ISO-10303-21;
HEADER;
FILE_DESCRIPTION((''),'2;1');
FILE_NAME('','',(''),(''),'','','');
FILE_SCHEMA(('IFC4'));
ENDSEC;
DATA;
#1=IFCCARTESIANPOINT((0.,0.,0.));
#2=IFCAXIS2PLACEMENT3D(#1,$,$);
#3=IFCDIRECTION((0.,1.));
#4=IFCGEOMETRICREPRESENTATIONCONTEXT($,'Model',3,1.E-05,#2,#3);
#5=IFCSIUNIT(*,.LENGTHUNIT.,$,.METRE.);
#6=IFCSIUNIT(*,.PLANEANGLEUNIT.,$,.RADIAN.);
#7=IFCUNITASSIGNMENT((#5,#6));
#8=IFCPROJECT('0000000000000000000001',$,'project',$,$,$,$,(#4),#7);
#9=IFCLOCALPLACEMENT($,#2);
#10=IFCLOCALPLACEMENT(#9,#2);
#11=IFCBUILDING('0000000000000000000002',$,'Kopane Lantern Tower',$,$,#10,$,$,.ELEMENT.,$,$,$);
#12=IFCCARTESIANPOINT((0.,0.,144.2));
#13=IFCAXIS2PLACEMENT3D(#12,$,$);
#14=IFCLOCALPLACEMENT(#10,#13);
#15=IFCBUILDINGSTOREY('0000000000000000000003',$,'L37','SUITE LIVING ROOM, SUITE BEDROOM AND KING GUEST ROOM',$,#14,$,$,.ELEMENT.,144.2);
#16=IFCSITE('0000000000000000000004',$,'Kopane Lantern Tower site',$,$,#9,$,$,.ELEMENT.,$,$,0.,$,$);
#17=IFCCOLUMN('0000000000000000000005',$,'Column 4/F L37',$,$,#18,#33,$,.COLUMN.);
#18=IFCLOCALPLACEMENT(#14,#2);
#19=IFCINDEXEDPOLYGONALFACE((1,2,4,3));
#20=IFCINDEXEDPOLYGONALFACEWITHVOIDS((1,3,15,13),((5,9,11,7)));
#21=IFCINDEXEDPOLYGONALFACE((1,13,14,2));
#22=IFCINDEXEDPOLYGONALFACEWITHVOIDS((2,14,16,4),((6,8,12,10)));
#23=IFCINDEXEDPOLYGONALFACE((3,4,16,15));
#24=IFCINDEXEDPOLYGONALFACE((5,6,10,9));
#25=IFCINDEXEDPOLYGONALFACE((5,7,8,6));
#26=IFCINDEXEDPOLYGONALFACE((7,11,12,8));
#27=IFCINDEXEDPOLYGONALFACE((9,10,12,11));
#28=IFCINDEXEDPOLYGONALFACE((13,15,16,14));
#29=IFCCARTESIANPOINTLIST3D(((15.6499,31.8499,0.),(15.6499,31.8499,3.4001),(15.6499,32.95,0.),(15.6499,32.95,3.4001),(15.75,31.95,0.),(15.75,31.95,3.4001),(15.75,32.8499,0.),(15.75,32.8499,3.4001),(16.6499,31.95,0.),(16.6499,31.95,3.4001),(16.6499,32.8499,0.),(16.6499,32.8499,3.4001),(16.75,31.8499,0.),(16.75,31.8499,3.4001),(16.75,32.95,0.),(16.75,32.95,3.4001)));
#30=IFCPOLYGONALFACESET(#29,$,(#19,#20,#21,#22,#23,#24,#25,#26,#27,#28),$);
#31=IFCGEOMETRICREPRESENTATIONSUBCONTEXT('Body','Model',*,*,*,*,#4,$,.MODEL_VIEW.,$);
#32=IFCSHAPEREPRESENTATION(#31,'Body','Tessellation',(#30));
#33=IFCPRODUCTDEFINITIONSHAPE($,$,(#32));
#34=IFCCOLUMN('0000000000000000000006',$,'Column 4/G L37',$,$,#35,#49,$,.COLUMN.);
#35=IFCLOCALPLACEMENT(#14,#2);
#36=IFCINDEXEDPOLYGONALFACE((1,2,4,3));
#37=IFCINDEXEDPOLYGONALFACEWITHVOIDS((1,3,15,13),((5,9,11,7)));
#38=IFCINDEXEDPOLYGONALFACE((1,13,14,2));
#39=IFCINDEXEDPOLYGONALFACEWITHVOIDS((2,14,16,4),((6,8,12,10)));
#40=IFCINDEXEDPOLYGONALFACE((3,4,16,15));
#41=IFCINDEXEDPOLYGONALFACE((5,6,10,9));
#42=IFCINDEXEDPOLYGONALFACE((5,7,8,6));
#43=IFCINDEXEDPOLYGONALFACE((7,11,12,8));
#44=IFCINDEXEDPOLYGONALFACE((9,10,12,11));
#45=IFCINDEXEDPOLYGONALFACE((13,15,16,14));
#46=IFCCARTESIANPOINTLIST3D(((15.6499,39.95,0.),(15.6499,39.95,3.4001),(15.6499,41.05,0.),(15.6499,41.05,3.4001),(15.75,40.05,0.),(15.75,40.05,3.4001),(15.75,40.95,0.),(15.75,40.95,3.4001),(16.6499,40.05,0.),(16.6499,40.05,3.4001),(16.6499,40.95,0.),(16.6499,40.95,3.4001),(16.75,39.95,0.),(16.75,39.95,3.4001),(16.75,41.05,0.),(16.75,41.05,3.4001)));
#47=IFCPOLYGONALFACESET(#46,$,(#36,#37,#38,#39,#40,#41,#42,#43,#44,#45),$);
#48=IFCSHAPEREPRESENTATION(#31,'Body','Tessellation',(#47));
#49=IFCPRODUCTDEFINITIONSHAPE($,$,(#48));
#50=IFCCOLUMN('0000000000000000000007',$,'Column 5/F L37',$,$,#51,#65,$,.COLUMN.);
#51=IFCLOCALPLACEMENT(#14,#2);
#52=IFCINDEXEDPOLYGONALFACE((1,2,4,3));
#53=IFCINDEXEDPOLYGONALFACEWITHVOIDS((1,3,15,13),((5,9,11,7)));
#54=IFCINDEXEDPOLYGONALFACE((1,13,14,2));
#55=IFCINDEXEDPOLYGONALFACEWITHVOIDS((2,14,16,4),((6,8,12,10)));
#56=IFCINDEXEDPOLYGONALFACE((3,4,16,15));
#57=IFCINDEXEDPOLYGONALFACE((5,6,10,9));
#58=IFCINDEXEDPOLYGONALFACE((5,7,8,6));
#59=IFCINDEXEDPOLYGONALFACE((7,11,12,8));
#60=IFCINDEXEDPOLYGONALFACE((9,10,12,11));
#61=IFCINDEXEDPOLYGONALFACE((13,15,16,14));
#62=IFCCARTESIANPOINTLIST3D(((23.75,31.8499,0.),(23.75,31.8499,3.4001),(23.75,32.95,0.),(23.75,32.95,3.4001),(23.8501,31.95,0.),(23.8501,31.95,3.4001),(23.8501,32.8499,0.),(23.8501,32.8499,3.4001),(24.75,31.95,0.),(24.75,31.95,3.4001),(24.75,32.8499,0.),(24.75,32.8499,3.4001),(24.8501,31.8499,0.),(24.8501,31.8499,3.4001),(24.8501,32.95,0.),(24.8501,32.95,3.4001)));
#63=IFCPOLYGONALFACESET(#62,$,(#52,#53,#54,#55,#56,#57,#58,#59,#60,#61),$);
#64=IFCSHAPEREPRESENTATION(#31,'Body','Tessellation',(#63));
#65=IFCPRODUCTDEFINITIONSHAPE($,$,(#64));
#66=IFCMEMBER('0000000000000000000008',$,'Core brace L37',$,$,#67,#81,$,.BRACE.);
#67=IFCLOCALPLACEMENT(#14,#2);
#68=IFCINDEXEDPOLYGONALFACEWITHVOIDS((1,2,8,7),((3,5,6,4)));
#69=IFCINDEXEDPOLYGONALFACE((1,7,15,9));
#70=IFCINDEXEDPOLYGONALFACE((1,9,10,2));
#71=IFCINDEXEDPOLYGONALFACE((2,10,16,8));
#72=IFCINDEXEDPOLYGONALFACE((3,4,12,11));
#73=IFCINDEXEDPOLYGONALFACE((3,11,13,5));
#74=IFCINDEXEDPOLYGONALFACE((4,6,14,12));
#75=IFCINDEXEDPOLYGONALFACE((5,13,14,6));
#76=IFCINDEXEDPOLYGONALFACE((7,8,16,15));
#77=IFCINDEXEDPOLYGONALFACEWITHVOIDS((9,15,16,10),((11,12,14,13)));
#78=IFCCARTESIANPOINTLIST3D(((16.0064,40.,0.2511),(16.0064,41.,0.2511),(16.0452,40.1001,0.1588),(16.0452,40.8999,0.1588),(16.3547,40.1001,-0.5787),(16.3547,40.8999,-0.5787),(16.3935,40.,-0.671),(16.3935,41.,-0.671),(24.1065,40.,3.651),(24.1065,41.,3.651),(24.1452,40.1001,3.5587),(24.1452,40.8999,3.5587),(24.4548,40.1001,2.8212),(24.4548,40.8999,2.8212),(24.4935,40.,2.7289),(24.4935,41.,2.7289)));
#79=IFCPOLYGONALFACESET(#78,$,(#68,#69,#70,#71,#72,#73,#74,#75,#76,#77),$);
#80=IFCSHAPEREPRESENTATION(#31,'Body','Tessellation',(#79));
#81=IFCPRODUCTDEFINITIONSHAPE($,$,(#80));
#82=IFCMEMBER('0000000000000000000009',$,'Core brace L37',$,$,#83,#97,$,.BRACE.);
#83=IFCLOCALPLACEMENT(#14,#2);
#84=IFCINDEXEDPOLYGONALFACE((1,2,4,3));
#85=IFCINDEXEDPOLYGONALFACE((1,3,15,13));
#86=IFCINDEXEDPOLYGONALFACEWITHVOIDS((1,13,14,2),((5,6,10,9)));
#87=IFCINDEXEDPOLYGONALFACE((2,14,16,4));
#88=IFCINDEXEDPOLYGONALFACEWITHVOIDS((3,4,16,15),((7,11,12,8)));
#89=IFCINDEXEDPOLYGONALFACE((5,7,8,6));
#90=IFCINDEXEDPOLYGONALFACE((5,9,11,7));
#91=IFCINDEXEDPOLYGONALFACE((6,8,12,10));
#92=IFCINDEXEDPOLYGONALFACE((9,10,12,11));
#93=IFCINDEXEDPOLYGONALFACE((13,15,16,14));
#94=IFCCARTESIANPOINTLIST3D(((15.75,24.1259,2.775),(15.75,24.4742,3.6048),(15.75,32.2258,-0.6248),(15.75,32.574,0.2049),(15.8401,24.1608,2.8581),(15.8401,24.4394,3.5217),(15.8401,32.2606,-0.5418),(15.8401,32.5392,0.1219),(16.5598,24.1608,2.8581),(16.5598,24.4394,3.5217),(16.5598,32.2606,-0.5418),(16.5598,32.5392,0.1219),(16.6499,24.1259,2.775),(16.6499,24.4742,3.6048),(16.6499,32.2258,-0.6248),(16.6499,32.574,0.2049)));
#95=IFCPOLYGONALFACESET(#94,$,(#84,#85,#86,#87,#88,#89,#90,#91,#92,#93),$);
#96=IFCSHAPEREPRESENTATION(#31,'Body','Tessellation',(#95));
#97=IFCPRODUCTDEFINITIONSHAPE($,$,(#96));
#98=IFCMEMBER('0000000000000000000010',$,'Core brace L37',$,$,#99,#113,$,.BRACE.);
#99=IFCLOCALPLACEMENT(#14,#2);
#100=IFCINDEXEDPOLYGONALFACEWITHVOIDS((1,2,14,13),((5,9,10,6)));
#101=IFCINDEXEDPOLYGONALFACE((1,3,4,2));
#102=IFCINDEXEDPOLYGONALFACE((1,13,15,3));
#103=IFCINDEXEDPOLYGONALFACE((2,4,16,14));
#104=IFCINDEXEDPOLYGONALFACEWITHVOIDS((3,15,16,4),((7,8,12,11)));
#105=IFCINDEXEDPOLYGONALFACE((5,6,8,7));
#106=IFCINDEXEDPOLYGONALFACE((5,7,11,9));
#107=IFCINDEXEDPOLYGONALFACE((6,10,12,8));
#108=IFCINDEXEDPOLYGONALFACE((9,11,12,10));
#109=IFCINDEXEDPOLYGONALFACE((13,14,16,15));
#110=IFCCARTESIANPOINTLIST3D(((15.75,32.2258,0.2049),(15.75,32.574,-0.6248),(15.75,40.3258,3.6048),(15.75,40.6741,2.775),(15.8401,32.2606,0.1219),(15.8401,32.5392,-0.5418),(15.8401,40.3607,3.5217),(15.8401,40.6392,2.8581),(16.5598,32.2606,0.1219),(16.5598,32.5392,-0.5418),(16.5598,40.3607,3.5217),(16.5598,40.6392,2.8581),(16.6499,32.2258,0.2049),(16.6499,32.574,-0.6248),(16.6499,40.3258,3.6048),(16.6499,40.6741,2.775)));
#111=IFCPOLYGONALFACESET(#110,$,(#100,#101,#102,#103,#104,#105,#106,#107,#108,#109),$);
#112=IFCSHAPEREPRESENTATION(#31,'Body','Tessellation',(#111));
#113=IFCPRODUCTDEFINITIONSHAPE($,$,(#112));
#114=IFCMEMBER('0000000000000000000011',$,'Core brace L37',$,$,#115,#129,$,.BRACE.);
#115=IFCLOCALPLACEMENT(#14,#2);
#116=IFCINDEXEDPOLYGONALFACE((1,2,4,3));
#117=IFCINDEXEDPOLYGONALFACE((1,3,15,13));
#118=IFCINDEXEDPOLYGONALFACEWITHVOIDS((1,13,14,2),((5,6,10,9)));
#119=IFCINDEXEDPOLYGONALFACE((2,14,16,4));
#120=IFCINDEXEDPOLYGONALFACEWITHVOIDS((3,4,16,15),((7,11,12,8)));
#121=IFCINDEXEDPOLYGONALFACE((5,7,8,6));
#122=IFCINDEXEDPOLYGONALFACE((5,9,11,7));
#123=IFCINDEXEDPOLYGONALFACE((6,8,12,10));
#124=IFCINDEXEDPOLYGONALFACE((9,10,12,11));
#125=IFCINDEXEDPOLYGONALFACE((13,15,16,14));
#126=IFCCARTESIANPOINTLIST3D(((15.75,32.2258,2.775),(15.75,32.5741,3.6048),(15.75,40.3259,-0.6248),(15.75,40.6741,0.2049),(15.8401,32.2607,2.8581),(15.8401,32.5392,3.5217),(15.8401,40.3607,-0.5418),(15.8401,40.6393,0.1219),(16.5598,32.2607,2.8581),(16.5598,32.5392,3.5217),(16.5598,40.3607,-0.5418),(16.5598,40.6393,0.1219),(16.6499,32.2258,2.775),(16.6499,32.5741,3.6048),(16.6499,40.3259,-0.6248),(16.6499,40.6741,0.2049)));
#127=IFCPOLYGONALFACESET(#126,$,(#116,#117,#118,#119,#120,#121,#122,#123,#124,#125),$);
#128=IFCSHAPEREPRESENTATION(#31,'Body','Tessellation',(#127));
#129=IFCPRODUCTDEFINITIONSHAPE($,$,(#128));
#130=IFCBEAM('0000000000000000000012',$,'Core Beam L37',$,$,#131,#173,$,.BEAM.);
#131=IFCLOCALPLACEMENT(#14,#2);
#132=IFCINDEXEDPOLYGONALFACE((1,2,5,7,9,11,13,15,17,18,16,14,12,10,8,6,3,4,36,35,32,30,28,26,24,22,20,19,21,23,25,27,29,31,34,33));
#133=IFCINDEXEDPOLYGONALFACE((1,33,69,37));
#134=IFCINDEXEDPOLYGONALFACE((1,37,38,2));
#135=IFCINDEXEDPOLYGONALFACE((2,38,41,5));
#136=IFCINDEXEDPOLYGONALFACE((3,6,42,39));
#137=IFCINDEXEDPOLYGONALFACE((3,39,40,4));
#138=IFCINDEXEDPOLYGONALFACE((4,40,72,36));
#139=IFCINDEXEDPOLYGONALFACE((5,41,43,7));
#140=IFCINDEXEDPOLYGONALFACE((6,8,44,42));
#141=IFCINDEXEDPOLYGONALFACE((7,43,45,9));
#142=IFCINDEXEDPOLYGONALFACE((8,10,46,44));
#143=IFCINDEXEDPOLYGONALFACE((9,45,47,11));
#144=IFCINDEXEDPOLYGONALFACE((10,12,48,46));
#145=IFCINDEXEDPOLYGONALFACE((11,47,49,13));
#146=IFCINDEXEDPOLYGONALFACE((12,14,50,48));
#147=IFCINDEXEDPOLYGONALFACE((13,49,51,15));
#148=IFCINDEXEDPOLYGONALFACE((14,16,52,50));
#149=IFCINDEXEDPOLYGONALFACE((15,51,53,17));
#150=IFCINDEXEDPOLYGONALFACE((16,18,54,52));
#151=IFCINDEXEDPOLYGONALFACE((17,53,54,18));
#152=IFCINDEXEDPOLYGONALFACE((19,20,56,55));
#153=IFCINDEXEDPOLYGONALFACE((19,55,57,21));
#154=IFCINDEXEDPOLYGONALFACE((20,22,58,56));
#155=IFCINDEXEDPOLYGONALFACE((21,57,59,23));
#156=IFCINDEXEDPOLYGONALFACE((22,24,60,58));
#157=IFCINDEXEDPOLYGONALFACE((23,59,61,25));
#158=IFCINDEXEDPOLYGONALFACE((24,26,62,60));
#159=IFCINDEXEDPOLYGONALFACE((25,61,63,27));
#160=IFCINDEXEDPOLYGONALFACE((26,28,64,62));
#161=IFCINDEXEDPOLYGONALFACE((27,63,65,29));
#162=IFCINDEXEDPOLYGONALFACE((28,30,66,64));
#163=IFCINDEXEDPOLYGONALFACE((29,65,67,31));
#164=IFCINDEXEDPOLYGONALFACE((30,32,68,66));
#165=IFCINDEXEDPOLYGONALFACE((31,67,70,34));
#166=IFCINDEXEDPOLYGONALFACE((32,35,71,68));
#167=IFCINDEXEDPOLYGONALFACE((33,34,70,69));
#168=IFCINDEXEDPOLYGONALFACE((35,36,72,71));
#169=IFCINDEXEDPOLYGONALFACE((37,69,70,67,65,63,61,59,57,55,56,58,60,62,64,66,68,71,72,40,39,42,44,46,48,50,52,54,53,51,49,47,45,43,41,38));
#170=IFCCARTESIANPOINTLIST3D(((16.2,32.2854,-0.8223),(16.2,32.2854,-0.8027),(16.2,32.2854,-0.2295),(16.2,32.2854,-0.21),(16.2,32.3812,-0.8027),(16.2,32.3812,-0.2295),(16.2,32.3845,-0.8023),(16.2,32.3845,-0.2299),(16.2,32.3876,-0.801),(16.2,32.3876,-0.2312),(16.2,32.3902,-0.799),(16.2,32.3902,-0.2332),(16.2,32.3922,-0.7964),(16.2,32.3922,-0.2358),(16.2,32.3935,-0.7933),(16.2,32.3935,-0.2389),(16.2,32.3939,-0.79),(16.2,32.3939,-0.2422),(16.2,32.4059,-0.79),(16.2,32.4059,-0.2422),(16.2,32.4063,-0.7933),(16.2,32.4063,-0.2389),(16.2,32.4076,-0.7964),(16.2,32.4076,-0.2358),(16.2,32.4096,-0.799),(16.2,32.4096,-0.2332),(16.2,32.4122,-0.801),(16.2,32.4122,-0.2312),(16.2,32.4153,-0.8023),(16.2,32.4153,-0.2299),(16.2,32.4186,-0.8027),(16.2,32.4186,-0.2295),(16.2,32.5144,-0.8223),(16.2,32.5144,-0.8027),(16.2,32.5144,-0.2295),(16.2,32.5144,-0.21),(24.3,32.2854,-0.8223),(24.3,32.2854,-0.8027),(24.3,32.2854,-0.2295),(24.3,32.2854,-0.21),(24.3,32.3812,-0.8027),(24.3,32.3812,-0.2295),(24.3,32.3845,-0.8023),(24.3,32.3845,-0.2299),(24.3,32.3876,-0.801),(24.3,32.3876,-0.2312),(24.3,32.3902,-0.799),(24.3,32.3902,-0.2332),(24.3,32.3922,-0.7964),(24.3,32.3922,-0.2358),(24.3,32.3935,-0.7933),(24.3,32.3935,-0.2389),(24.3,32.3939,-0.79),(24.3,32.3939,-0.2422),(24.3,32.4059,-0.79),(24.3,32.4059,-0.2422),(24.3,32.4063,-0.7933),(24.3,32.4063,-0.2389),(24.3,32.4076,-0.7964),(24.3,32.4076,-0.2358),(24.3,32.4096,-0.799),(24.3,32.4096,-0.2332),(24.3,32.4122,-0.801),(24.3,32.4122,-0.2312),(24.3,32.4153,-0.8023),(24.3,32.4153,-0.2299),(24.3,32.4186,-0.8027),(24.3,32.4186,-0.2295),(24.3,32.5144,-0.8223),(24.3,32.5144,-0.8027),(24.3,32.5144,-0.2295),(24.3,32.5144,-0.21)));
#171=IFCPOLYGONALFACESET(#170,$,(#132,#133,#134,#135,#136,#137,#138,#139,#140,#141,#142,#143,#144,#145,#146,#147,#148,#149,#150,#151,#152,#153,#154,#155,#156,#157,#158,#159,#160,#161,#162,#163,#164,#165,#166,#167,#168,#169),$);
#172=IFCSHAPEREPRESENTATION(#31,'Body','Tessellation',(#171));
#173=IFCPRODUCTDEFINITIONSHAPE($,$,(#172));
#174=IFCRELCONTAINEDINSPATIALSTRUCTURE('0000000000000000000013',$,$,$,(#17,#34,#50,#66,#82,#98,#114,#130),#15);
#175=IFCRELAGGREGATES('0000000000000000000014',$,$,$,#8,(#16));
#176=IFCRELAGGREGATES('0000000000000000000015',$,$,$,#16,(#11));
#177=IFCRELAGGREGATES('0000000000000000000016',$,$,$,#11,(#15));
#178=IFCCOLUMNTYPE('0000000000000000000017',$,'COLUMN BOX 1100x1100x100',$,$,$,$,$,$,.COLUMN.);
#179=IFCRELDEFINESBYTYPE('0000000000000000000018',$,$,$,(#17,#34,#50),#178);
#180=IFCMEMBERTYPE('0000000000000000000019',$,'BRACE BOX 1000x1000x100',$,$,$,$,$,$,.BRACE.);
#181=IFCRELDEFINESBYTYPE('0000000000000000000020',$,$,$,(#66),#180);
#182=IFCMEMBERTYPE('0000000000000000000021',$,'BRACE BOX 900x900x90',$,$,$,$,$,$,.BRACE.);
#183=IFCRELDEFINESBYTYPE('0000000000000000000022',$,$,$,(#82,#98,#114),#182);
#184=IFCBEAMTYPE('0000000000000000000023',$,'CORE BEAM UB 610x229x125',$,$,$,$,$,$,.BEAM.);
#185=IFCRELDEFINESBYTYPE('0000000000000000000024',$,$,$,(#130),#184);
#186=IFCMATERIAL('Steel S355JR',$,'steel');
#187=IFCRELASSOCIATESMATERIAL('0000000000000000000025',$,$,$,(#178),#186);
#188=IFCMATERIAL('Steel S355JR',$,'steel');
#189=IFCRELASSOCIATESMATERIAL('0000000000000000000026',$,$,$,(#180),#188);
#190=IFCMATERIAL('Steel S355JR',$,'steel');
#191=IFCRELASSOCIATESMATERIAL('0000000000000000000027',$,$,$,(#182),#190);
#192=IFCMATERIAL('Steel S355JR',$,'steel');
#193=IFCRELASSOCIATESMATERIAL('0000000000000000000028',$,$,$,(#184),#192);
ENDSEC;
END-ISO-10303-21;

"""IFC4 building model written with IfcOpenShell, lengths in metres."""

from ifc_helpers import new_model, si_unit, direction, frame, origin, origin_2d, place, context, subcontext, project, spatial, hollow_rectangle, i_section, extrude, material, material_profile, profile_set, type_object, element, save


model = new_model("IFC4")

# Units and contexts
model_context = context("Model", 3, precision=1e-05, world=origin(), true_north=direction((0.0, 1.0)))
body_context = subcontext(model_context, "Body", "Model", "MODEL_VIEW")
ifc_project = project(units=[si_unit("LENGTHUNIT", "METRE"), si_unit("PLANEANGLEUNIT", "RADIAN")], contexts=[model_context])

# Site, building, storey
site_placement = place(None, origin())
site = spatial("IfcSite", under=ifc_project, at=site_placement, Name="Kopane Lantern Tower site", CompositionType="ELEMENT", RefElevation=0.0)
building_placement = place(site_placement, origin())
building = spatial("IfcBuilding", under=site, at=building_placement, Name="Kopane Lantern Tower", CompositionType="ELEMENT")
storey_placement = place(building_placement, frame((0.0, 0.0, 144.2)))
storey = spatial("IfcBuildingStorey", under=building, at=storey_placement, Name="L37", Description="SUITE LIVING ROOM, SUITE BEDROOM AND KING GUEST ROOM", CompositionType="ELEMENT", Elevation=144.2)

# Columns
ifc_material_1 = material(Name="Steel S355JR", Category="steel")
ifc_material_profile_1 = material_profile(ifc_material_1, hollow_rectangle(XDim=1.1001, YDim=1.1001, WallThickness=0.1001, at=origin_2d()), Name="BOX 1100x1100x100")
ifc_profile_set_1 = profile_set([ifc_material_profile_1], Name="Steel S355JR")
column_type = type_object("IfcColumnType", Name="COLUMN BOX 1100x1100x100", PredefinedType="COLUMN", material=ifc_profile_set_1)
for number, where, z_axis, x_axis, name in (
    (1, (16.2, 32.3999, 0.0), (0.0, 0.0, 1.0), (1.0, 0.0, 0.0), "Column 4/F L37"),
    (2, (16.2, 40.5, 0.0), (0.0, 0.0, 1.0), (1.0, 0.0, 0.0), "Column 4/G L37"),
    (3, (24.3, 32.3999, 0.0), (0.0, 0.0, 1.0), (1.0, 0.0, 0.0), "Column 5/F L37"),
):
    element("IfcColumn", number, at=place(storey_placement, frame(where, z_axis=z_axis, x_axis=x_axis)), inside=storey, type_object=column_type, Name=name, PredefinedType="COLUMN", context=body_context, shape_type="SweptSolid", body=[
        extrude(hollow_rectangle(XDim=1.1001, YDim=1.1001, WallThickness=0.1001, at=origin_2d()), origin(), (0.0, 0.0, 1.0), 3.4001),
    ])

# Members
ifc_material_2 = material(Name="Steel S355JR", Category="steel")
ifc_material_profile_2 = material_profile(ifc_material_2, hollow_rectangle(XDim=1.0, YDim=1.0, WallThickness=0.1001, at=origin_2d()), Name="BOX 1000x1000x100")
ifc_profile_set_2 = profile_set([ifc_material_profile_2], Name="Steel S355JR")
member_type_1 = type_object("IfcMemberType", Name="BRACE BOX 1000x1000x100", PredefinedType="BRACE", material=ifc_profile_set_2)
member_1_placement = place(storey_placement, frame((16.2, 40.5, -0.21), z_axis=(0.922069, 0.0, 0.387026), x_axis=(0.0, 1.0, 0.0)))
element("IfcMember", 4, at=member_1_placement, inside=storey, type_object=member_type_1, Name="Core brace L37", PredefinedType="BRACE", context=body_context, shape_type="SweptSolid", body=[
    extrude(hollow_rectangle(XDim=1.0, YDim=1.0, WallThickness=0.1001, at=origin_2d()), origin(), (0.0, 0.0, 1.0), 8.7847),
])
ifc_material_3 = material(Name="Steel S355JR", Category="steel")
ifc_material_profile_3 = material_profile(ifc_material_3, hollow_rectangle(XDim=0.8999, YDim=0.8999, WallThickness=0.0901, at=origin_2d()), Name="BOX 900x900x90")
ifc_profile_set_3 = profile_set([ifc_material_profile_3], Name="Steel S355JR")
member_type_2 = type_object("IfcMemberType", Name="BRACE BOX 900x900x90", PredefinedType="BRACE", material=ifc_profile_set_3)
member_2_placement = place(storey_placement, frame((16.2, 32.3999, -0.21), z_axis=(0.0, -0.922065, 0.387035), x_axis=(1.0, 0.0, 0.0)))
element("IfcMember", 5, at=member_2_placement, inside=storey, type_object=member_type_2, Name="Core brace L37", PredefinedType="BRACE", context=body_context, shape_type="SweptSolid", body=[
    extrude(hollow_rectangle(XDim=0.8999, YDim=0.8999, WallThickness=0.0901, at=origin_2d()), origin(), (0.0, 0.0, 1.0), 8.7844),
])
for number, where, z_axis, x_axis, name in (
    (6, (16.2, 32.3999, -0.21), (0.0, 0.922069, 0.387026), (-1.0, 0.0, 0.0), "Core brace L37"),
    (7, (16.2, 40.5, -0.21), (0.0, -0.922069, 0.387026), (1.0, 0.0, 0.0), "Core brace L37"),
):
    element("IfcMember", number, at=place(storey_placement, frame(where, z_axis=z_axis, x_axis=x_axis)), inside=storey, type_object=member_type_2, Name=name, PredefinedType="BRACE", context=body_context, shape_type="SweptSolid", body=[
        extrude(hollow_rectangle(XDim=0.8999, YDim=0.8999, WallThickness=0.0901, at=origin_2d()), origin(), (0.0, 0.0, 1.0), 8.7847),
    ])

# Beam
ifc_material_4 = material(Name="Steel S355JR", Category="steel")
ifc_material_profile_4 = material_profile(ifc_material_4, i_section(OverallWidth=0.229, OverallDepth=0.6123, WebThickness=0.012, FlangeThickness=0.0195, FilletRadius=0.0127, at=origin_2d()), Name="UB 610x229x125")
ifc_profile_set_4 = profile_set([ifc_material_profile_4], Name="Steel S355JR")
beam_type_1 = type_object("IfcBeamType", Name="CORE BEAM UB 610x229x125", PredefinedType="BEAM", material=ifc_profile_set_4)
for number, where, z_axis, x_axis, name in (
    (8, (16.2, 32.3999, -0.5161), (1.0, 0.0, 0.0), (0.0, 1.0, 0.0), "Core Beam L37"),
):
    element("IfcBeam", number, at=place(storey_placement, frame(where, z_axis=z_axis, x_axis=x_axis)), inside=storey, type_object=beam_type_1, Name=name, PredefinedType="BEAM", context=body_context, shape_type="SweptSolid", body=[
        extrude(i_section(OverallWidth=0.229, OverallDepth=0.6123, WebThickness=0.012, FlangeThickness=0.0195, FilletRadius=0.0127, at=origin_2d()), origin(), (0.0, 0.0, 1.0), 8.1001),
    ])

save(model, "model.ifc")
